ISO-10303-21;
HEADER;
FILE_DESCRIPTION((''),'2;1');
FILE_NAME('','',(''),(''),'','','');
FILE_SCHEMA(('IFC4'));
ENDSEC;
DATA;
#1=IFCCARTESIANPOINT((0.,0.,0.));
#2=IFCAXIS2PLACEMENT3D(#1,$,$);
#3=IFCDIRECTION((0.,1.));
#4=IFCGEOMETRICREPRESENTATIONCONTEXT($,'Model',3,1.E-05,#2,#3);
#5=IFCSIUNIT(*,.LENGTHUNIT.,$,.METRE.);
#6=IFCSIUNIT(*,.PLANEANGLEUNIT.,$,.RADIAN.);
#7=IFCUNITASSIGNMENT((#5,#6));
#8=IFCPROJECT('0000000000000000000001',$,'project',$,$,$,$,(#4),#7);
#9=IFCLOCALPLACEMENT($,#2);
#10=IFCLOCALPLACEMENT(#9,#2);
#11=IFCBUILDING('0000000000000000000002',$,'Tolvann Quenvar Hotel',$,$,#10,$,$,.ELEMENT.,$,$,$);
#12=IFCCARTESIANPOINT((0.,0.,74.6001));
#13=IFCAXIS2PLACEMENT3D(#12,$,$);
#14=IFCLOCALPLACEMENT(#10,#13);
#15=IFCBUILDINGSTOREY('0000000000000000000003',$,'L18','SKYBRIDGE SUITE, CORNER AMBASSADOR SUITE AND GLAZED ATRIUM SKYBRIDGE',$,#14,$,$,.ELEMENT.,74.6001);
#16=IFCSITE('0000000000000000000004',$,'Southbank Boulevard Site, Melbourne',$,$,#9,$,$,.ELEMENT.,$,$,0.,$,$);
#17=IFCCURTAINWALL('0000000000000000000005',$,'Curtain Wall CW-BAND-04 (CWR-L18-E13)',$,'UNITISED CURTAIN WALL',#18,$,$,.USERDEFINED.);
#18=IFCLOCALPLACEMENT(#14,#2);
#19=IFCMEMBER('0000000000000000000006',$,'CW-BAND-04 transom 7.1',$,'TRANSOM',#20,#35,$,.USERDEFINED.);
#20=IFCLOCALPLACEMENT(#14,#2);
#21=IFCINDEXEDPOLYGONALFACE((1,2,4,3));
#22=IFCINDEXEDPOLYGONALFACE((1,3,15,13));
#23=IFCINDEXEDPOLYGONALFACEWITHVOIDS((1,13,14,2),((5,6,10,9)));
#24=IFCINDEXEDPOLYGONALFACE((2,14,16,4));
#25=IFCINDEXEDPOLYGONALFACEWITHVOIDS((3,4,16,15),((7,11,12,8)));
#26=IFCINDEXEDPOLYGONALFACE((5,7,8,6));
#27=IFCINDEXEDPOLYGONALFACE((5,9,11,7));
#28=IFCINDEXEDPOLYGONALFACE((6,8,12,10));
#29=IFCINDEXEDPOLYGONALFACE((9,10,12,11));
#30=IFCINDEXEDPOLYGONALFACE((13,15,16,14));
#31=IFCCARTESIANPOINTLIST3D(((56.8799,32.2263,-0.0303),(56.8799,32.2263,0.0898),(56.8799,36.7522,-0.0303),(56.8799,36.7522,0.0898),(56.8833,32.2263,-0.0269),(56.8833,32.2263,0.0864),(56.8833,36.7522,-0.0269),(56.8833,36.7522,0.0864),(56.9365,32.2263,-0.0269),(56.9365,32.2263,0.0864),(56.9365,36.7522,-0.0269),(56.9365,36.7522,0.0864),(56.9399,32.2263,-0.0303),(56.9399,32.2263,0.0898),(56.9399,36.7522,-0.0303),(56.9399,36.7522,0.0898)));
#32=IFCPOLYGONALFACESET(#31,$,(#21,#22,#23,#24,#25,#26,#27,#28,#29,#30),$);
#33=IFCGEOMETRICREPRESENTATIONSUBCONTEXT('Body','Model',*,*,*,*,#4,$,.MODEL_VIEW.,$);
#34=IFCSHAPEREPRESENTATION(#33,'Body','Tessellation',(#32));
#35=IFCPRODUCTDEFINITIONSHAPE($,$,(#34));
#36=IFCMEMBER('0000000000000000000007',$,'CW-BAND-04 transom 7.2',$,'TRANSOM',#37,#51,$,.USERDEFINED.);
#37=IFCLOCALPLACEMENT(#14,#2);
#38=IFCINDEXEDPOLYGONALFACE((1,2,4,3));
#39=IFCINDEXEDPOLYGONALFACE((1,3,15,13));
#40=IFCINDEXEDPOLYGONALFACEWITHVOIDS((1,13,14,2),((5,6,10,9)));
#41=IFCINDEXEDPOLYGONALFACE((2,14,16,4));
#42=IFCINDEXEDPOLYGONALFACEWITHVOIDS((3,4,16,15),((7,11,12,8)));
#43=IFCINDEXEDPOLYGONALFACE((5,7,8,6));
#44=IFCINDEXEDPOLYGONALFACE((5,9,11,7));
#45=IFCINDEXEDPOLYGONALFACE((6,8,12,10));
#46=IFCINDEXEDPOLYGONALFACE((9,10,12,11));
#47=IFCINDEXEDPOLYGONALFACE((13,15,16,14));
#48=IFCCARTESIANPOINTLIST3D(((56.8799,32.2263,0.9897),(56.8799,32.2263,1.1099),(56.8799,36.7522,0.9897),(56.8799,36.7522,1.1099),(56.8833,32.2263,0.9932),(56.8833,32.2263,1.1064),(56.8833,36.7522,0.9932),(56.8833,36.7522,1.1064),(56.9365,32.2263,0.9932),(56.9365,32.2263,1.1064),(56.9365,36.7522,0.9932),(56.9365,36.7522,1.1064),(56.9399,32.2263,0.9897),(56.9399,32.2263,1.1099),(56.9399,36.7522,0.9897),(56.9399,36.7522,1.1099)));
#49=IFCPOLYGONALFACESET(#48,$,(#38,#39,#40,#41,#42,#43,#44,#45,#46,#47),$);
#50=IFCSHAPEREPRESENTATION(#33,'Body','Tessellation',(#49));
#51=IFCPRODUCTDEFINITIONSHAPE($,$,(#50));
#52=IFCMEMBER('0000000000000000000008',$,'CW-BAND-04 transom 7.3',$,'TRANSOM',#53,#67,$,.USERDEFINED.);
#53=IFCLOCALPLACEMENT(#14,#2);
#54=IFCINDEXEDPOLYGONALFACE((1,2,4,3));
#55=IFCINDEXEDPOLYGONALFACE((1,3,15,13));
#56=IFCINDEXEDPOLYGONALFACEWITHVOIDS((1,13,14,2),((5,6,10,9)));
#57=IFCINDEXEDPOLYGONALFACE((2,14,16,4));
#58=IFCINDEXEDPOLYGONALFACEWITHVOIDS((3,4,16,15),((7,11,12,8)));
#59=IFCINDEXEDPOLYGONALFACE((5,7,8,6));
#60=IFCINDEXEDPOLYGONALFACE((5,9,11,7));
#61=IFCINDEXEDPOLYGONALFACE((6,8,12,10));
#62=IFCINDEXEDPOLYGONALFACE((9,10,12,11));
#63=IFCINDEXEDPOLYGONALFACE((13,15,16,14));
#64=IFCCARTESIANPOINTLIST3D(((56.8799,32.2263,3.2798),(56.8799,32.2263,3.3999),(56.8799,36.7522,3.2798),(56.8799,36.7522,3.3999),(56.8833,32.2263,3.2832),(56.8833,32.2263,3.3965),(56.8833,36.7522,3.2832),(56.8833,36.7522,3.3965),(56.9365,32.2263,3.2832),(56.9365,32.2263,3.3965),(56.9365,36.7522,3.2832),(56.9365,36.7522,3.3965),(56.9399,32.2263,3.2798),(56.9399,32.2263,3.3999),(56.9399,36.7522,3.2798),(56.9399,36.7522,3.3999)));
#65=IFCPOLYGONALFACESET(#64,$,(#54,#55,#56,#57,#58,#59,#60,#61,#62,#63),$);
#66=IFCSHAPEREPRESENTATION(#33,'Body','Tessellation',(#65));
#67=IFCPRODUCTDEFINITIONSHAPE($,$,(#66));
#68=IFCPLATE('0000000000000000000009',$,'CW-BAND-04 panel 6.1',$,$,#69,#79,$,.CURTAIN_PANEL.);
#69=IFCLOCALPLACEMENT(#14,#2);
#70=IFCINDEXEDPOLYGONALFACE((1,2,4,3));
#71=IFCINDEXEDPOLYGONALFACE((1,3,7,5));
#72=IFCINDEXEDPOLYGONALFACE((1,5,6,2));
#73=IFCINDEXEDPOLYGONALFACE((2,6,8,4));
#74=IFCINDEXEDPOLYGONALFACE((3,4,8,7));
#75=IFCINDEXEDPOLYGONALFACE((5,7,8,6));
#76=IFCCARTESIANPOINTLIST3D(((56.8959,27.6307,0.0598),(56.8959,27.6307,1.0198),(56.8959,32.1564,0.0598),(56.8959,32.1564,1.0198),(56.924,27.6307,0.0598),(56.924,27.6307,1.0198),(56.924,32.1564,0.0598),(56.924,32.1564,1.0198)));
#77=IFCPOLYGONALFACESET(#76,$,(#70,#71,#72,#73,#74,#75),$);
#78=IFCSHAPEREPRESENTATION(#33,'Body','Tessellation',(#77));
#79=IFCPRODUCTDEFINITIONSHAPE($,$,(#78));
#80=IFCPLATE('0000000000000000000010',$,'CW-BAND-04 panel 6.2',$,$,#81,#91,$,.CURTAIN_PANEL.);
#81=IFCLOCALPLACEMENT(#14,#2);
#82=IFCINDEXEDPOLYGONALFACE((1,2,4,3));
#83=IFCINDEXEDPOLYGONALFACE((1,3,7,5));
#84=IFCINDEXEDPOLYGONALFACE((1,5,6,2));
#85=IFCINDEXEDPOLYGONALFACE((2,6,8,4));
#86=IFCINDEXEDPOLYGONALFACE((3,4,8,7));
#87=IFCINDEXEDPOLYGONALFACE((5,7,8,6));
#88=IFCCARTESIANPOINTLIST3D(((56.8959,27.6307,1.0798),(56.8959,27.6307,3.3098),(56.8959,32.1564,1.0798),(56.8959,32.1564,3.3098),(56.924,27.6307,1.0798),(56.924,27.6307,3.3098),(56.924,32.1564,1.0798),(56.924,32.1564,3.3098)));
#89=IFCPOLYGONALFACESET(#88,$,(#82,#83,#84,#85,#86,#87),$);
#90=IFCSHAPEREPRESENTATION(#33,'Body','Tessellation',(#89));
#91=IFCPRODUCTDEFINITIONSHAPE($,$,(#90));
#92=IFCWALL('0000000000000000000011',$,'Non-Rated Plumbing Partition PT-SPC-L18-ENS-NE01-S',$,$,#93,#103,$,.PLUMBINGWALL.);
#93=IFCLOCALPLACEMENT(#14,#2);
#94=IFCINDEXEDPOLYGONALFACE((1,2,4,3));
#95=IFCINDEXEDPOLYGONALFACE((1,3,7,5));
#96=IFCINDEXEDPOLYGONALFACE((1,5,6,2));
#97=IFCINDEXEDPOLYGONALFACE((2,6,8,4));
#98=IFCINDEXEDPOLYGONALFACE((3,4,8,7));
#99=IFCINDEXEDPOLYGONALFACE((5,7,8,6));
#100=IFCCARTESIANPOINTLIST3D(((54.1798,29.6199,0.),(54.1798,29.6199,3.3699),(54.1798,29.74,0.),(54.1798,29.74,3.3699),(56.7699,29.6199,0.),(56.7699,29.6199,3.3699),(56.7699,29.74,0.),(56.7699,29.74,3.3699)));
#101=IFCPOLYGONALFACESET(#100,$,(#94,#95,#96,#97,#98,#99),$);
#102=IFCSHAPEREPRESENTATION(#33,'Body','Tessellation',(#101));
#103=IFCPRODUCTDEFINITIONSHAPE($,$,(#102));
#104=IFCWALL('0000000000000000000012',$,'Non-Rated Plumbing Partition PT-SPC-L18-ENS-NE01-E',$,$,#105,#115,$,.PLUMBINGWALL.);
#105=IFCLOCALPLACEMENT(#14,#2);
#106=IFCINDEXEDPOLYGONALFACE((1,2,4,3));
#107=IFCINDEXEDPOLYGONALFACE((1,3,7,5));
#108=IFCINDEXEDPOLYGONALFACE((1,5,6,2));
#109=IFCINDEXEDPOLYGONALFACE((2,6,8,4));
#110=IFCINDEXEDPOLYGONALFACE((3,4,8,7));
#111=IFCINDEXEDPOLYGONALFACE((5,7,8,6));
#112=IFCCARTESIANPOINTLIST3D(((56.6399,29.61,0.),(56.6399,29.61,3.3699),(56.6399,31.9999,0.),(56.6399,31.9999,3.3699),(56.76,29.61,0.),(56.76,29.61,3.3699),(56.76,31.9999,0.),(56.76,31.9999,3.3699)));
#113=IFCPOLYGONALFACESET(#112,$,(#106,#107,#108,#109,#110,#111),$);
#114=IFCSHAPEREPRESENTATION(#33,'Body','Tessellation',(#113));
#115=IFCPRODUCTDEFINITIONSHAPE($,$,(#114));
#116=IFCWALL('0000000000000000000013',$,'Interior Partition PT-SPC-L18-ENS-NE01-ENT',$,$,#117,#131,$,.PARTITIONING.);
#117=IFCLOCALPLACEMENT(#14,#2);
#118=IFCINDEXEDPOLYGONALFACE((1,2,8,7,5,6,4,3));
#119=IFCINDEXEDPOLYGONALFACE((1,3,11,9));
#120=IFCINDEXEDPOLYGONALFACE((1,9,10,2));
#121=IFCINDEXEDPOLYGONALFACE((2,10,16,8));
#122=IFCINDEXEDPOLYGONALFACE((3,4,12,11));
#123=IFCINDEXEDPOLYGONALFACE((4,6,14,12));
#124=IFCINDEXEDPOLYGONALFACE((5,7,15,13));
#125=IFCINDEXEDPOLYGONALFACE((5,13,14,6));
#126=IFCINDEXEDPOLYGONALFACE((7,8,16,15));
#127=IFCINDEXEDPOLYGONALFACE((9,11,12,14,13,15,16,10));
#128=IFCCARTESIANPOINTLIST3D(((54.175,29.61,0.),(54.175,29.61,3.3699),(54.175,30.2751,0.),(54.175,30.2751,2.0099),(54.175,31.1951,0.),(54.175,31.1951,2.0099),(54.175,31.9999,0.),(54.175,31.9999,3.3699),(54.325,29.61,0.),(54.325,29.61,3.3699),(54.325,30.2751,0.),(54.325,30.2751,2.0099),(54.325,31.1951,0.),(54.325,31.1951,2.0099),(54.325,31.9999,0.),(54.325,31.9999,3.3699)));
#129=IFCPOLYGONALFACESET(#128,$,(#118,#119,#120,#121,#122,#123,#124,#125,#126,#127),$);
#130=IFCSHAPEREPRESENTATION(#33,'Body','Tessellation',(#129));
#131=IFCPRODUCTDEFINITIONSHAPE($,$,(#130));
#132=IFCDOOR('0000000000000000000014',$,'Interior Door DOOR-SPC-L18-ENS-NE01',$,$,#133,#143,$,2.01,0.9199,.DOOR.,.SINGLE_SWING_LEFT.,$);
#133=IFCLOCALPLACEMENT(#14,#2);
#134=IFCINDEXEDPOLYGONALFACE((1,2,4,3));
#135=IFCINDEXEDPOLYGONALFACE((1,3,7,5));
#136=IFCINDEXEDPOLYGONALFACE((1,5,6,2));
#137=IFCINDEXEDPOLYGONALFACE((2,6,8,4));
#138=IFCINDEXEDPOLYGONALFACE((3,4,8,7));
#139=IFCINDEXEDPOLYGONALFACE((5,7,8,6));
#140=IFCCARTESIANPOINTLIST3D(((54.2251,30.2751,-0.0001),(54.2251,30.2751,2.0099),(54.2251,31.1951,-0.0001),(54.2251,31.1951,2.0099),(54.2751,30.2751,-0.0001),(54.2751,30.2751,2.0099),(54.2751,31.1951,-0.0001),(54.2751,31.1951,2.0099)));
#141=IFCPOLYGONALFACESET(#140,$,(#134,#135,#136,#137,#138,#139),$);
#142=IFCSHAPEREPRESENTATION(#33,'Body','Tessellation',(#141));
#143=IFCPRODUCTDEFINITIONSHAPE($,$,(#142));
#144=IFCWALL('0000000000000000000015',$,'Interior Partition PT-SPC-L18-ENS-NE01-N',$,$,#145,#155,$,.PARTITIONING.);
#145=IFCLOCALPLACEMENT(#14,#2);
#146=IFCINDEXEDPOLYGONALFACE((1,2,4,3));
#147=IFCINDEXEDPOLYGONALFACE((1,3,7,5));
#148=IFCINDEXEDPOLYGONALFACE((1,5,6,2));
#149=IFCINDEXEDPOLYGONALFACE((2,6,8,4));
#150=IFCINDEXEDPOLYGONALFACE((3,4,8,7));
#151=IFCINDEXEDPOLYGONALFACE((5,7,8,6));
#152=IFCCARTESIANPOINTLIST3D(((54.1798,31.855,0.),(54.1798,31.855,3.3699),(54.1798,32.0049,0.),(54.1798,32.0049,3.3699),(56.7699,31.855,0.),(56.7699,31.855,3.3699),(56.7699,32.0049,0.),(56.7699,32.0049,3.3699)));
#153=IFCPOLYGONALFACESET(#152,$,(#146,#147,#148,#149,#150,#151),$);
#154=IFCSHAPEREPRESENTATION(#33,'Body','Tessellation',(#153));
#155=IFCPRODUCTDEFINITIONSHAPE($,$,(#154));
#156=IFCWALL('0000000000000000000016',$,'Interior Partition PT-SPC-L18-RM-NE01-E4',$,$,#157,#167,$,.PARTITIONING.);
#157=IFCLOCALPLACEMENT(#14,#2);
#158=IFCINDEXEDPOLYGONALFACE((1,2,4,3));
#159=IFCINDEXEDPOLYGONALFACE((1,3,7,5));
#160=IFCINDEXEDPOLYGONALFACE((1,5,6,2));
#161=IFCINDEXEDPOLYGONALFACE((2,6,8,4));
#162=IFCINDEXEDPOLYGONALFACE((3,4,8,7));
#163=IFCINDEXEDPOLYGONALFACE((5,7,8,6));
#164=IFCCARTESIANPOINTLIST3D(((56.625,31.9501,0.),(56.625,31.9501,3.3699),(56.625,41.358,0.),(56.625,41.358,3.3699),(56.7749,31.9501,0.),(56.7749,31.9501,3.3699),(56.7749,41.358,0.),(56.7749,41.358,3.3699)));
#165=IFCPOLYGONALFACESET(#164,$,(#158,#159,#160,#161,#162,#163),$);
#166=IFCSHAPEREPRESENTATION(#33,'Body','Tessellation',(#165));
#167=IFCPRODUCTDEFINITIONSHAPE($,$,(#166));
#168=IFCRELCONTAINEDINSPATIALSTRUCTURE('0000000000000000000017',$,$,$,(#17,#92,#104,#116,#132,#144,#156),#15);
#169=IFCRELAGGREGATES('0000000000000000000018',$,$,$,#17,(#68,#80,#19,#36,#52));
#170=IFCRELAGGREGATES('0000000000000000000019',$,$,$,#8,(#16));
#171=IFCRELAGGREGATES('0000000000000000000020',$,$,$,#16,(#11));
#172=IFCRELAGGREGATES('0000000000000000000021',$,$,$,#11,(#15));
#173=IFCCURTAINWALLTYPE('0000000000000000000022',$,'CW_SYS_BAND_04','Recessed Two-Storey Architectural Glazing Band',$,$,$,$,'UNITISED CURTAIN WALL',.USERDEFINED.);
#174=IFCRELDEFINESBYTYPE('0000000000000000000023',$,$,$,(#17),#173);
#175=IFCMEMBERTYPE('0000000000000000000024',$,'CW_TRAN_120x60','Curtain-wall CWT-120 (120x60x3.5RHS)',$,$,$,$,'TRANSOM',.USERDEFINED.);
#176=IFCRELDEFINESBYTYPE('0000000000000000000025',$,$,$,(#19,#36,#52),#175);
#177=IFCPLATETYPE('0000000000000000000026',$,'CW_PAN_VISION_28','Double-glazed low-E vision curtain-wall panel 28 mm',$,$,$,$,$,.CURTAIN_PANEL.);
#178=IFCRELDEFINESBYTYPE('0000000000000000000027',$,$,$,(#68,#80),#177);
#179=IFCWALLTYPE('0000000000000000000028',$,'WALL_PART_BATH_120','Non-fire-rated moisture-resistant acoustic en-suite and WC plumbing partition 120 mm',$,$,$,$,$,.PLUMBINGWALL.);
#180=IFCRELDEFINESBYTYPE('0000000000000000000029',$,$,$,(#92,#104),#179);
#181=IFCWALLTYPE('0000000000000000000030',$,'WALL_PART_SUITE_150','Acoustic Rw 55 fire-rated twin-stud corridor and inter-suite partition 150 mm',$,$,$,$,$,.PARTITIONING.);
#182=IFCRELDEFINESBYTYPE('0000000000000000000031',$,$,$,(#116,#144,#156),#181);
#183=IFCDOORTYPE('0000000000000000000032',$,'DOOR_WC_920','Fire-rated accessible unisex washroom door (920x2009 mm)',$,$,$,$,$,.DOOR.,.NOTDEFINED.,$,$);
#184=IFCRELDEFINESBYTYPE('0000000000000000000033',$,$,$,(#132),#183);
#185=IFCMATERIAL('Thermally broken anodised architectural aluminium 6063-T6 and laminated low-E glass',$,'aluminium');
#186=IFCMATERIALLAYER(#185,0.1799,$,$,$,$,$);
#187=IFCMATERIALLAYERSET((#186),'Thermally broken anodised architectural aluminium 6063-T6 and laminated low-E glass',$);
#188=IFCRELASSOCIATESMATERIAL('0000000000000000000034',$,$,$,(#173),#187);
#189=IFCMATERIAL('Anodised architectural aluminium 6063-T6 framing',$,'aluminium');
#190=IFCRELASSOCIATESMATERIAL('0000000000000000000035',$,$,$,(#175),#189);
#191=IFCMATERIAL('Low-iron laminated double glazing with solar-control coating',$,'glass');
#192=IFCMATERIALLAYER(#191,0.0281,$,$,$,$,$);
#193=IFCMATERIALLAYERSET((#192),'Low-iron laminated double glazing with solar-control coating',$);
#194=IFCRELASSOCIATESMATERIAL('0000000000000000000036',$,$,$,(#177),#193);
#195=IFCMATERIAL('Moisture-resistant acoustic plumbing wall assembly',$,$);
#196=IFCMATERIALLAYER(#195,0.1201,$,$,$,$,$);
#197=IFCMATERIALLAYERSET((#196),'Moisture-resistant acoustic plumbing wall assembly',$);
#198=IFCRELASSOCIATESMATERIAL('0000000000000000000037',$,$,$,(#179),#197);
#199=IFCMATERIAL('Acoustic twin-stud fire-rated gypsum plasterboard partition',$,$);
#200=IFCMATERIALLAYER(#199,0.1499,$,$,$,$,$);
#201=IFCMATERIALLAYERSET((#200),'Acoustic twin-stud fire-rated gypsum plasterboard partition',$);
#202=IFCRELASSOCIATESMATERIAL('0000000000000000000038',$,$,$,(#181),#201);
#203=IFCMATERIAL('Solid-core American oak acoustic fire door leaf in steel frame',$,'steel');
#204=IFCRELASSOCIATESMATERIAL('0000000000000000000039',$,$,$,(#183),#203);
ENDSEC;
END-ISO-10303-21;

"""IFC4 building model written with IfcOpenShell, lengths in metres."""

from ifc_helpers import new_model, si_unit, direction, frame, frame_2d, origin, origin_2d, place, context, subcontext, project, spatial, rectangle, hollow_rectangle, extrude, source, transform, mapped, material, layer, layer_set, material_profile, profile_set, type_object, type_shapes, element, fill, aggregate, save


model = new_model("IFC4")

# Units and contexts
model_context = context("Model", 3, precision=1e-05, world=origin(), true_north=direction((0.0, 1.0)))
body_context = subcontext(model_context, "Body", "Model", "MODEL_VIEW")
ifc_project = project(units=[si_unit("LENGTHUNIT", "METRE"), si_unit("PLANEANGLEUNIT", "RADIAN")], contexts=[model_context])

# Site, building, storey
site_placement = place(None, origin())
site = spatial("IfcSite", under=ifc_project, at=site_placement, Name="Southbank Boulevard Site, Melbourne", CompositionType="ELEMENT", RefElevation=0.0)
building_placement = place(site_placement, origin())
building = spatial("IfcBuilding", under=site, at=building_placement, Name="Tolvann Quenvar Hotel", CompositionType="ELEMENT")
storey_placement = place(building_placement, frame((0.0, 0.0, 74.6001)))
storey = spatial("IfcBuildingStorey", under=building, at=storey_placement, Name="L18", Description="SKYBRIDGE SUITE, CORNER AMBASSADOR SUITE AND GLAZED ATRIUM SKYBRIDGE", CompositionType="ELEMENT", Elevation=74.6001)

# Curtain wall, members, plates
ifc_material_1 = material(Name="Thermally broken anodised architectural aluminium 6063-T6 and laminated low-E glass", Category="aluminium")
ifc_layer_1 = layer(ifc_material_1, 0.1799)
ifc_layer_set_1 = layer_set([ifc_layer_1], Name="Thermally broken anodised architectural aluminium 6063-T6 and laminated low-E glass")
curtain_wall_type = type_object("IfcCurtainWallType", Name="CW_SYS_BAND_04", Description="Recessed Two-Storey Architectural Glazing Band", ElementType="UNITISED CURTAIN WALL", PredefinedType="USERDEFINED", material=ifc_layer_set_1)
curtain_wall_placement = place(storey_placement, origin())
curtain_wall = element("IfcCurtainWall", 1, at=curtain_wall_placement, inside=storey, type_object=curtain_wall_type, Name="Curtain Wall CW-BAND-04 (CWR-L18-E13)", ObjectType="UNITISED CURTAIN WALL", PredefinedType="USERDEFINED")
ifc_material_2 = material(Name="Anodised architectural aluminium 6063-T6 framing", Category="aluminium")
ifc_material_profile_1 = material_profile(ifc_material_2, hollow_rectangle(XDim=0.0601, YDim=0.1201, WallThickness=0.0034, at=origin_2d()), Name="120x60x3.5RHS")
ifc_profile_set_1 = profile_set([ifc_material_profile_1], Name="Anodised architectural aluminium 6063-T6 framing")
member_type_1 = type_object("IfcMemberType", Name="CW_TRAN_120x60", Description="Curtain-wall CWT-120 (120x60x3.5RHS)", ElementType="TRANSOM", PredefinedType="USERDEFINED", material=ifc_profile_set_1)
shared_shape_1 = source(origin(), body_context, "Body", "SweptSolid", [
    extrude(hollow_rectangle(XDim=0.0601, YDim=0.1201, WallThickness=0.0034, at=origin_2d()), origin(), (0.0, 0.0, 1.0), 4.5259),
])
type_shapes(member_type_1, [shared_shape_1])
member_1_placement = place(storey_placement, frame((56.9099, 32.2263, 0.0298), z_axis=(0.0, 1.0, 0.0), x_axis=(-1.0, 0.0, 0.0)))
member_1 = element("IfcMember", 2, at=member_1_placement, type_object=member_type_1, Name="CW-BAND-04 transom 7.1", ObjectType="TRANSOM", PredefinedType="USERDEFINED", context=body_context, shape_type="MappedRepresentation", body=[
    mapped(shared_shape_1, transform((0.0, 0.0, 0.0), x_axis=(1.0, 0.0, 0.0), y_axis=(0.0, 1.0, 0.0), z_axis=(0.0, 0.0, 1.0), scale=1.0)),
])
member_2_placement = place(storey_placement, frame((56.9099, 32.2263, 1.0498), z_axis=(0.0, 1.0, 0.0), x_axis=(-1.0, 0.0, 0.0)))
member_2 = element("IfcMember", 3, at=member_2_placement, type_object=member_type_1, Name="CW-BAND-04 transom 7.2", ObjectType="TRANSOM", PredefinedType="USERDEFINED", context=body_context, shape_type="MappedRepresentation", body=[
    mapped(shared_shape_1, transform((0.0, 0.0, 0.0), x_axis=(1.0, 0.0, 0.0), y_axis=(0.0, 1.0, 0.0), z_axis=(0.0, 0.0, 1.0), scale=1.0)),
])
member_3_placement = place(storey_placement, frame((56.9099, 32.2263, 3.3398), z_axis=(0.0, 1.0, 0.0), x_axis=(-1.0, 0.0, 0.0)))
member_3 = element("IfcMember", 4, at=member_3_placement, type_object=member_type_1, Name="CW-BAND-04 transom 7.3", ObjectType="TRANSOM", PredefinedType="USERDEFINED", context=body_context, shape_type="MappedRepresentation", body=[
    mapped(shared_shape_1, transform((0.0, 0.0, 0.0), x_axis=(1.0, 0.0, 0.0), y_axis=(0.0, 1.0, 0.0), z_axis=(0.0, 0.0, 1.0), scale=1.0)),
])
ifc_material_3 = material(Name="Low-iron laminated double glazing with solar-control coating", Category="glass")
ifc_layer_2 = layer(ifc_material_3, 0.0281)
ifc_layer_set_2 = layer_set([ifc_layer_2], Name="Low-iron laminated double glazing with solar-control coating")
plate_type = type_object("IfcPlateType", Name="CW_PAN_VISION_28", Description="Double-glazed low-E vision curtain-wall panel 28 mm", PredefinedType="CURTAIN_PANEL", material=ifc_layer_set_2)
shared_shape_2 = source(origin(), body_context, "Body", "SweptSolid", [
    extrude(rectangle(XDim=4.5256, YDim=0.0281, at=origin_2d()), origin(), (0.0, 0.0, 1.0), 0.96),
])
plate_1_placement = place(storey_placement, frame((56.9099, 29.8936, 0.0598), z_axis=(0.0, 0.0, 1.0), x_axis=(0.0, 1.0, 0.0)))
plate_1 = element("IfcPlate", 5, at=plate_1_placement, type_object=plate_type, Name="CW-BAND-04 panel 6.1", PredefinedType="CURTAIN_PANEL", context=body_context, shape_type="MappedRepresentation", body=[
    mapped(shared_shape_2, transform((0.0, 0.0, 0.0), x_axis=(1.0, 0.0, 0.0), y_axis=(0.0, 1.0, 0.0), z_axis=(0.0, 0.0, 1.0), scale=1.0)),
])
shared_shape_3 = source(origin(), body_context, "Body", "SweptSolid", [
    extrude(rectangle(XDim=4.5256, YDim=0.0281, at=origin_2d()), origin(), (0.0, 0.0, 1.0), 2.23),
])
type_shapes(plate_type, [shared_shape_2, shared_shape_3])
plate_2_placement = place(storey_placement, frame((56.9099, 29.8936, 1.0798), z_axis=(0.0, 0.0, 1.0), x_axis=(0.0, 1.0, 0.0)))
plate_2 = element("IfcPlate", 6, at=plate_2_placement, type_object=plate_type, Name="CW-BAND-04 panel 6.2", PredefinedType="CURTAIN_PANEL", context=body_context, shape_type="MappedRepresentation", body=[
    mapped(shared_shape_3, transform((0.0, 0.0, 0.0), x_axis=(1.0, 0.0, 0.0), y_axis=(0.0, 1.0, 0.0), z_axis=(0.0, 0.0, 1.0), scale=1.0)),
])
aggregate(curtain_wall, [plate_1, plate_2, member_1, member_2, member_3])

# Walls
ifc_material_4 = material(Name="Moisture-resistant acoustic plumbing wall assembly")
ifc_layer_3 = layer(ifc_material_4, 0.1201)
ifc_layer_set_3 = layer_set([ifc_layer_3], Name="Moisture-resistant acoustic plumbing wall assembly")
wall_type_1 = type_object("IfcWallType", Name="WALL_PART_BATH_120", Description="Non-fire-rated moisture-resistant acoustic en-suite and WC plumbing partition 120 mm", PredefinedType="PLUMBINGWALL", material=ifc_layer_set_3)
wall_1_placement = place(storey_placement, frame((54.1799, 29.6799, 0.0), z_axis=(0.0, 0.0, 1.0), x_axis=(1.0, 0.0, 0.0)))
element("IfcWall", 7, at=wall_1_placement, inside=storey, type_object=wall_type_1, Name="Non-Rated Plumbing Partition PT-SPC-L18-ENS-NE01-S", PredefinedType="PLUMBINGWALL", context=body_context, shape_type="SweptSolid", body=[
    extrude(rectangle(XDim=2.5901, YDim=0.1201, at=frame_2d((1.2949, 0.0))), origin(), (0.0, 0.0, 1.0), 3.3699),
])
wall_2_placement = place(storey_placement, frame((56.7, 29.6101, 0.0), z_axis=(0.0, 0.0, 1.0), x_axis=(0.0, 1.0, 0.0)))
element("IfcWall", 8, at=wall_2_placement, inside=storey, type_object=wall_type_1, Name="Non-Rated Plumbing Partition PT-SPC-L18-ENS-NE01-E", PredefinedType="PLUMBINGWALL", context=body_context, shape_type="SweptSolid", body=[
    extrude(rectangle(XDim=2.3899, YDim=0.1201, at=frame_2d((1.1948, 0.0))), origin(), (0.0, 0.0, 1.0), 3.3699),
])

# Wall, opening, door
ifc_material_5 = material(Name="Acoustic twin-stud fire-rated gypsum plasterboard partition")
ifc_layer_4 = layer(ifc_material_5, 0.1499)
ifc_layer_set_4 = layer_set([ifc_layer_4], Name="Acoustic twin-stud fire-rated gypsum plasterboard partition")
wall_type_2 = type_object("IfcWallType", Name="WALL_PART_SUITE_150", Description="Acoustic Rw 55 fire-rated twin-stud corridor and inter-suite partition 150 mm", PredefinedType="PARTITIONING", material=ifc_layer_set_4)
wall_3_placement = place(storey_placement, frame((54.25, 29.6101, 0.0), z_axis=(0.0, 0.0, 1.0), x_axis=(0.0, 1.0, 0.0)))
wall_3 = element("IfcWall", 9, at=wall_3_placement, inside=storey, type_object=wall_type_2, Name="Interior Partition PT-SPC-L18-ENS-NE01-ENT", PredefinedType="PARTITIONING", context=body_context, shape_type="SweptSolid", body=[
    extrude(rectangle(XDim=2.3899, YDim=0.1499, at=frame_2d((1.1948, 0.0))), origin(), (0.0, 0.0, 1.0), 3.3699),
])
opening_placement = place(wall_3_placement, frame((0.665, 0.0, 0.0)))
opening = element("IfcOpeningElement", 10, at=opening_placement, cuts=wall_3, PredefinedType="OPENING", context=body_context, shape_type="SweptSolid", body=[
    extrude(rectangle(XDim=0.9199, YDim=2.01, at=frame_2d((0.46, 1.0049))), frame((0.0, 0.085, 0.0), z_axis=(0.0, -1.0, 0.0), x_axis=(1.0, 0.0, 0.0)), (0.0, 0.0, 1.0), 0.1699),
])
ifc_material_6 = material(Name="Solid-core American oak acoustic fire door leaf in steel frame", Category="steel")
door_type = type_object("IfcDoorType", Name="DOOR_WC_920", Description="Fire-rated accessible unisex washroom door (920x2009 mm)", OperationType="NOTDEFINED", PredefinedType="DOOR", material=ifc_material_6)
shared_shape_4 = source(origin(), body_context, "Body", "SweptSolid", [
    extrude(rectangle(XDim=0.9199, YDim=2.01, at=frame_2d((0.46, 1.0049))), frame((0.0, 0.0249, 0.0), z_axis=(0.0, -1.0, 0.0), x_axis=(1.0, 0.0, 0.0)), (0.0, 0.0, 1.0), 0.05),
])
type_shapes(door_type, [shared_shape_4])
door_placement = place(opening_placement, origin())
door = element("IfcDoor", 11, at=door_placement, inside=storey, type_object=door_type, Name="Interior Door DOOR-SPC-L18-ENS-NE01", OperationType="SINGLE_SWING_LEFT", OverallHeight=2.01, OverallWidth=0.9199, PredefinedType="DOOR", context=body_context, shape_type="MappedRepresentation", body=[
    mapped(shared_shape_4, transform((0.0, 0.0, 0.0), x_axis=(1.0, 0.0, 0.0), y_axis=(0.0, 1.0, 0.0), z_axis=(0.0, 0.0, 1.0), scale=1.0)),
])
fill(opening, door)

# Walls
wall_4_placement = place(storey_placement, frame((54.1799, 31.9299, 0.0), z_axis=(0.0, 0.0, 1.0), x_axis=(1.0, 0.0, 0.0)))
element("IfcWall", 12, at=wall_4_placement, inside=storey, type_object=wall_type_2, Name="Interior Partition PT-SPC-L18-ENS-NE01-N", PredefinedType="PARTITIONING", context=body_context, shape_type="SweptSolid", body=[
    extrude(rectangle(XDim=2.5901, YDim=0.1499, at=frame_2d((1.2949, 0.0))), origin(), (0.0, 0.0, 1.0), 3.3699),
])
wall_5_placement = place(storey_placement, frame((56.7, 31.95, 0.0), z_axis=(0.0, 0.0, 1.0), x_axis=(0.0, 1.0, 0.0)))
element("IfcWall", 13, at=wall_5_placement, inside=storey, type_object=wall_type_2, Name="Interior Partition PT-SPC-L18-RM-NE01-E4", PredefinedType="PARTITIONING", context=body_context, shape_type="SweptSolid", body=[
    extrude(rectangle(XDim=9.408, YDim=0.1499, at=frame_2d((4.7041, 0.0))), origin(), (0.0, 0.0, 1.0), 3.3699),
])

save(model, "model.ifc")
